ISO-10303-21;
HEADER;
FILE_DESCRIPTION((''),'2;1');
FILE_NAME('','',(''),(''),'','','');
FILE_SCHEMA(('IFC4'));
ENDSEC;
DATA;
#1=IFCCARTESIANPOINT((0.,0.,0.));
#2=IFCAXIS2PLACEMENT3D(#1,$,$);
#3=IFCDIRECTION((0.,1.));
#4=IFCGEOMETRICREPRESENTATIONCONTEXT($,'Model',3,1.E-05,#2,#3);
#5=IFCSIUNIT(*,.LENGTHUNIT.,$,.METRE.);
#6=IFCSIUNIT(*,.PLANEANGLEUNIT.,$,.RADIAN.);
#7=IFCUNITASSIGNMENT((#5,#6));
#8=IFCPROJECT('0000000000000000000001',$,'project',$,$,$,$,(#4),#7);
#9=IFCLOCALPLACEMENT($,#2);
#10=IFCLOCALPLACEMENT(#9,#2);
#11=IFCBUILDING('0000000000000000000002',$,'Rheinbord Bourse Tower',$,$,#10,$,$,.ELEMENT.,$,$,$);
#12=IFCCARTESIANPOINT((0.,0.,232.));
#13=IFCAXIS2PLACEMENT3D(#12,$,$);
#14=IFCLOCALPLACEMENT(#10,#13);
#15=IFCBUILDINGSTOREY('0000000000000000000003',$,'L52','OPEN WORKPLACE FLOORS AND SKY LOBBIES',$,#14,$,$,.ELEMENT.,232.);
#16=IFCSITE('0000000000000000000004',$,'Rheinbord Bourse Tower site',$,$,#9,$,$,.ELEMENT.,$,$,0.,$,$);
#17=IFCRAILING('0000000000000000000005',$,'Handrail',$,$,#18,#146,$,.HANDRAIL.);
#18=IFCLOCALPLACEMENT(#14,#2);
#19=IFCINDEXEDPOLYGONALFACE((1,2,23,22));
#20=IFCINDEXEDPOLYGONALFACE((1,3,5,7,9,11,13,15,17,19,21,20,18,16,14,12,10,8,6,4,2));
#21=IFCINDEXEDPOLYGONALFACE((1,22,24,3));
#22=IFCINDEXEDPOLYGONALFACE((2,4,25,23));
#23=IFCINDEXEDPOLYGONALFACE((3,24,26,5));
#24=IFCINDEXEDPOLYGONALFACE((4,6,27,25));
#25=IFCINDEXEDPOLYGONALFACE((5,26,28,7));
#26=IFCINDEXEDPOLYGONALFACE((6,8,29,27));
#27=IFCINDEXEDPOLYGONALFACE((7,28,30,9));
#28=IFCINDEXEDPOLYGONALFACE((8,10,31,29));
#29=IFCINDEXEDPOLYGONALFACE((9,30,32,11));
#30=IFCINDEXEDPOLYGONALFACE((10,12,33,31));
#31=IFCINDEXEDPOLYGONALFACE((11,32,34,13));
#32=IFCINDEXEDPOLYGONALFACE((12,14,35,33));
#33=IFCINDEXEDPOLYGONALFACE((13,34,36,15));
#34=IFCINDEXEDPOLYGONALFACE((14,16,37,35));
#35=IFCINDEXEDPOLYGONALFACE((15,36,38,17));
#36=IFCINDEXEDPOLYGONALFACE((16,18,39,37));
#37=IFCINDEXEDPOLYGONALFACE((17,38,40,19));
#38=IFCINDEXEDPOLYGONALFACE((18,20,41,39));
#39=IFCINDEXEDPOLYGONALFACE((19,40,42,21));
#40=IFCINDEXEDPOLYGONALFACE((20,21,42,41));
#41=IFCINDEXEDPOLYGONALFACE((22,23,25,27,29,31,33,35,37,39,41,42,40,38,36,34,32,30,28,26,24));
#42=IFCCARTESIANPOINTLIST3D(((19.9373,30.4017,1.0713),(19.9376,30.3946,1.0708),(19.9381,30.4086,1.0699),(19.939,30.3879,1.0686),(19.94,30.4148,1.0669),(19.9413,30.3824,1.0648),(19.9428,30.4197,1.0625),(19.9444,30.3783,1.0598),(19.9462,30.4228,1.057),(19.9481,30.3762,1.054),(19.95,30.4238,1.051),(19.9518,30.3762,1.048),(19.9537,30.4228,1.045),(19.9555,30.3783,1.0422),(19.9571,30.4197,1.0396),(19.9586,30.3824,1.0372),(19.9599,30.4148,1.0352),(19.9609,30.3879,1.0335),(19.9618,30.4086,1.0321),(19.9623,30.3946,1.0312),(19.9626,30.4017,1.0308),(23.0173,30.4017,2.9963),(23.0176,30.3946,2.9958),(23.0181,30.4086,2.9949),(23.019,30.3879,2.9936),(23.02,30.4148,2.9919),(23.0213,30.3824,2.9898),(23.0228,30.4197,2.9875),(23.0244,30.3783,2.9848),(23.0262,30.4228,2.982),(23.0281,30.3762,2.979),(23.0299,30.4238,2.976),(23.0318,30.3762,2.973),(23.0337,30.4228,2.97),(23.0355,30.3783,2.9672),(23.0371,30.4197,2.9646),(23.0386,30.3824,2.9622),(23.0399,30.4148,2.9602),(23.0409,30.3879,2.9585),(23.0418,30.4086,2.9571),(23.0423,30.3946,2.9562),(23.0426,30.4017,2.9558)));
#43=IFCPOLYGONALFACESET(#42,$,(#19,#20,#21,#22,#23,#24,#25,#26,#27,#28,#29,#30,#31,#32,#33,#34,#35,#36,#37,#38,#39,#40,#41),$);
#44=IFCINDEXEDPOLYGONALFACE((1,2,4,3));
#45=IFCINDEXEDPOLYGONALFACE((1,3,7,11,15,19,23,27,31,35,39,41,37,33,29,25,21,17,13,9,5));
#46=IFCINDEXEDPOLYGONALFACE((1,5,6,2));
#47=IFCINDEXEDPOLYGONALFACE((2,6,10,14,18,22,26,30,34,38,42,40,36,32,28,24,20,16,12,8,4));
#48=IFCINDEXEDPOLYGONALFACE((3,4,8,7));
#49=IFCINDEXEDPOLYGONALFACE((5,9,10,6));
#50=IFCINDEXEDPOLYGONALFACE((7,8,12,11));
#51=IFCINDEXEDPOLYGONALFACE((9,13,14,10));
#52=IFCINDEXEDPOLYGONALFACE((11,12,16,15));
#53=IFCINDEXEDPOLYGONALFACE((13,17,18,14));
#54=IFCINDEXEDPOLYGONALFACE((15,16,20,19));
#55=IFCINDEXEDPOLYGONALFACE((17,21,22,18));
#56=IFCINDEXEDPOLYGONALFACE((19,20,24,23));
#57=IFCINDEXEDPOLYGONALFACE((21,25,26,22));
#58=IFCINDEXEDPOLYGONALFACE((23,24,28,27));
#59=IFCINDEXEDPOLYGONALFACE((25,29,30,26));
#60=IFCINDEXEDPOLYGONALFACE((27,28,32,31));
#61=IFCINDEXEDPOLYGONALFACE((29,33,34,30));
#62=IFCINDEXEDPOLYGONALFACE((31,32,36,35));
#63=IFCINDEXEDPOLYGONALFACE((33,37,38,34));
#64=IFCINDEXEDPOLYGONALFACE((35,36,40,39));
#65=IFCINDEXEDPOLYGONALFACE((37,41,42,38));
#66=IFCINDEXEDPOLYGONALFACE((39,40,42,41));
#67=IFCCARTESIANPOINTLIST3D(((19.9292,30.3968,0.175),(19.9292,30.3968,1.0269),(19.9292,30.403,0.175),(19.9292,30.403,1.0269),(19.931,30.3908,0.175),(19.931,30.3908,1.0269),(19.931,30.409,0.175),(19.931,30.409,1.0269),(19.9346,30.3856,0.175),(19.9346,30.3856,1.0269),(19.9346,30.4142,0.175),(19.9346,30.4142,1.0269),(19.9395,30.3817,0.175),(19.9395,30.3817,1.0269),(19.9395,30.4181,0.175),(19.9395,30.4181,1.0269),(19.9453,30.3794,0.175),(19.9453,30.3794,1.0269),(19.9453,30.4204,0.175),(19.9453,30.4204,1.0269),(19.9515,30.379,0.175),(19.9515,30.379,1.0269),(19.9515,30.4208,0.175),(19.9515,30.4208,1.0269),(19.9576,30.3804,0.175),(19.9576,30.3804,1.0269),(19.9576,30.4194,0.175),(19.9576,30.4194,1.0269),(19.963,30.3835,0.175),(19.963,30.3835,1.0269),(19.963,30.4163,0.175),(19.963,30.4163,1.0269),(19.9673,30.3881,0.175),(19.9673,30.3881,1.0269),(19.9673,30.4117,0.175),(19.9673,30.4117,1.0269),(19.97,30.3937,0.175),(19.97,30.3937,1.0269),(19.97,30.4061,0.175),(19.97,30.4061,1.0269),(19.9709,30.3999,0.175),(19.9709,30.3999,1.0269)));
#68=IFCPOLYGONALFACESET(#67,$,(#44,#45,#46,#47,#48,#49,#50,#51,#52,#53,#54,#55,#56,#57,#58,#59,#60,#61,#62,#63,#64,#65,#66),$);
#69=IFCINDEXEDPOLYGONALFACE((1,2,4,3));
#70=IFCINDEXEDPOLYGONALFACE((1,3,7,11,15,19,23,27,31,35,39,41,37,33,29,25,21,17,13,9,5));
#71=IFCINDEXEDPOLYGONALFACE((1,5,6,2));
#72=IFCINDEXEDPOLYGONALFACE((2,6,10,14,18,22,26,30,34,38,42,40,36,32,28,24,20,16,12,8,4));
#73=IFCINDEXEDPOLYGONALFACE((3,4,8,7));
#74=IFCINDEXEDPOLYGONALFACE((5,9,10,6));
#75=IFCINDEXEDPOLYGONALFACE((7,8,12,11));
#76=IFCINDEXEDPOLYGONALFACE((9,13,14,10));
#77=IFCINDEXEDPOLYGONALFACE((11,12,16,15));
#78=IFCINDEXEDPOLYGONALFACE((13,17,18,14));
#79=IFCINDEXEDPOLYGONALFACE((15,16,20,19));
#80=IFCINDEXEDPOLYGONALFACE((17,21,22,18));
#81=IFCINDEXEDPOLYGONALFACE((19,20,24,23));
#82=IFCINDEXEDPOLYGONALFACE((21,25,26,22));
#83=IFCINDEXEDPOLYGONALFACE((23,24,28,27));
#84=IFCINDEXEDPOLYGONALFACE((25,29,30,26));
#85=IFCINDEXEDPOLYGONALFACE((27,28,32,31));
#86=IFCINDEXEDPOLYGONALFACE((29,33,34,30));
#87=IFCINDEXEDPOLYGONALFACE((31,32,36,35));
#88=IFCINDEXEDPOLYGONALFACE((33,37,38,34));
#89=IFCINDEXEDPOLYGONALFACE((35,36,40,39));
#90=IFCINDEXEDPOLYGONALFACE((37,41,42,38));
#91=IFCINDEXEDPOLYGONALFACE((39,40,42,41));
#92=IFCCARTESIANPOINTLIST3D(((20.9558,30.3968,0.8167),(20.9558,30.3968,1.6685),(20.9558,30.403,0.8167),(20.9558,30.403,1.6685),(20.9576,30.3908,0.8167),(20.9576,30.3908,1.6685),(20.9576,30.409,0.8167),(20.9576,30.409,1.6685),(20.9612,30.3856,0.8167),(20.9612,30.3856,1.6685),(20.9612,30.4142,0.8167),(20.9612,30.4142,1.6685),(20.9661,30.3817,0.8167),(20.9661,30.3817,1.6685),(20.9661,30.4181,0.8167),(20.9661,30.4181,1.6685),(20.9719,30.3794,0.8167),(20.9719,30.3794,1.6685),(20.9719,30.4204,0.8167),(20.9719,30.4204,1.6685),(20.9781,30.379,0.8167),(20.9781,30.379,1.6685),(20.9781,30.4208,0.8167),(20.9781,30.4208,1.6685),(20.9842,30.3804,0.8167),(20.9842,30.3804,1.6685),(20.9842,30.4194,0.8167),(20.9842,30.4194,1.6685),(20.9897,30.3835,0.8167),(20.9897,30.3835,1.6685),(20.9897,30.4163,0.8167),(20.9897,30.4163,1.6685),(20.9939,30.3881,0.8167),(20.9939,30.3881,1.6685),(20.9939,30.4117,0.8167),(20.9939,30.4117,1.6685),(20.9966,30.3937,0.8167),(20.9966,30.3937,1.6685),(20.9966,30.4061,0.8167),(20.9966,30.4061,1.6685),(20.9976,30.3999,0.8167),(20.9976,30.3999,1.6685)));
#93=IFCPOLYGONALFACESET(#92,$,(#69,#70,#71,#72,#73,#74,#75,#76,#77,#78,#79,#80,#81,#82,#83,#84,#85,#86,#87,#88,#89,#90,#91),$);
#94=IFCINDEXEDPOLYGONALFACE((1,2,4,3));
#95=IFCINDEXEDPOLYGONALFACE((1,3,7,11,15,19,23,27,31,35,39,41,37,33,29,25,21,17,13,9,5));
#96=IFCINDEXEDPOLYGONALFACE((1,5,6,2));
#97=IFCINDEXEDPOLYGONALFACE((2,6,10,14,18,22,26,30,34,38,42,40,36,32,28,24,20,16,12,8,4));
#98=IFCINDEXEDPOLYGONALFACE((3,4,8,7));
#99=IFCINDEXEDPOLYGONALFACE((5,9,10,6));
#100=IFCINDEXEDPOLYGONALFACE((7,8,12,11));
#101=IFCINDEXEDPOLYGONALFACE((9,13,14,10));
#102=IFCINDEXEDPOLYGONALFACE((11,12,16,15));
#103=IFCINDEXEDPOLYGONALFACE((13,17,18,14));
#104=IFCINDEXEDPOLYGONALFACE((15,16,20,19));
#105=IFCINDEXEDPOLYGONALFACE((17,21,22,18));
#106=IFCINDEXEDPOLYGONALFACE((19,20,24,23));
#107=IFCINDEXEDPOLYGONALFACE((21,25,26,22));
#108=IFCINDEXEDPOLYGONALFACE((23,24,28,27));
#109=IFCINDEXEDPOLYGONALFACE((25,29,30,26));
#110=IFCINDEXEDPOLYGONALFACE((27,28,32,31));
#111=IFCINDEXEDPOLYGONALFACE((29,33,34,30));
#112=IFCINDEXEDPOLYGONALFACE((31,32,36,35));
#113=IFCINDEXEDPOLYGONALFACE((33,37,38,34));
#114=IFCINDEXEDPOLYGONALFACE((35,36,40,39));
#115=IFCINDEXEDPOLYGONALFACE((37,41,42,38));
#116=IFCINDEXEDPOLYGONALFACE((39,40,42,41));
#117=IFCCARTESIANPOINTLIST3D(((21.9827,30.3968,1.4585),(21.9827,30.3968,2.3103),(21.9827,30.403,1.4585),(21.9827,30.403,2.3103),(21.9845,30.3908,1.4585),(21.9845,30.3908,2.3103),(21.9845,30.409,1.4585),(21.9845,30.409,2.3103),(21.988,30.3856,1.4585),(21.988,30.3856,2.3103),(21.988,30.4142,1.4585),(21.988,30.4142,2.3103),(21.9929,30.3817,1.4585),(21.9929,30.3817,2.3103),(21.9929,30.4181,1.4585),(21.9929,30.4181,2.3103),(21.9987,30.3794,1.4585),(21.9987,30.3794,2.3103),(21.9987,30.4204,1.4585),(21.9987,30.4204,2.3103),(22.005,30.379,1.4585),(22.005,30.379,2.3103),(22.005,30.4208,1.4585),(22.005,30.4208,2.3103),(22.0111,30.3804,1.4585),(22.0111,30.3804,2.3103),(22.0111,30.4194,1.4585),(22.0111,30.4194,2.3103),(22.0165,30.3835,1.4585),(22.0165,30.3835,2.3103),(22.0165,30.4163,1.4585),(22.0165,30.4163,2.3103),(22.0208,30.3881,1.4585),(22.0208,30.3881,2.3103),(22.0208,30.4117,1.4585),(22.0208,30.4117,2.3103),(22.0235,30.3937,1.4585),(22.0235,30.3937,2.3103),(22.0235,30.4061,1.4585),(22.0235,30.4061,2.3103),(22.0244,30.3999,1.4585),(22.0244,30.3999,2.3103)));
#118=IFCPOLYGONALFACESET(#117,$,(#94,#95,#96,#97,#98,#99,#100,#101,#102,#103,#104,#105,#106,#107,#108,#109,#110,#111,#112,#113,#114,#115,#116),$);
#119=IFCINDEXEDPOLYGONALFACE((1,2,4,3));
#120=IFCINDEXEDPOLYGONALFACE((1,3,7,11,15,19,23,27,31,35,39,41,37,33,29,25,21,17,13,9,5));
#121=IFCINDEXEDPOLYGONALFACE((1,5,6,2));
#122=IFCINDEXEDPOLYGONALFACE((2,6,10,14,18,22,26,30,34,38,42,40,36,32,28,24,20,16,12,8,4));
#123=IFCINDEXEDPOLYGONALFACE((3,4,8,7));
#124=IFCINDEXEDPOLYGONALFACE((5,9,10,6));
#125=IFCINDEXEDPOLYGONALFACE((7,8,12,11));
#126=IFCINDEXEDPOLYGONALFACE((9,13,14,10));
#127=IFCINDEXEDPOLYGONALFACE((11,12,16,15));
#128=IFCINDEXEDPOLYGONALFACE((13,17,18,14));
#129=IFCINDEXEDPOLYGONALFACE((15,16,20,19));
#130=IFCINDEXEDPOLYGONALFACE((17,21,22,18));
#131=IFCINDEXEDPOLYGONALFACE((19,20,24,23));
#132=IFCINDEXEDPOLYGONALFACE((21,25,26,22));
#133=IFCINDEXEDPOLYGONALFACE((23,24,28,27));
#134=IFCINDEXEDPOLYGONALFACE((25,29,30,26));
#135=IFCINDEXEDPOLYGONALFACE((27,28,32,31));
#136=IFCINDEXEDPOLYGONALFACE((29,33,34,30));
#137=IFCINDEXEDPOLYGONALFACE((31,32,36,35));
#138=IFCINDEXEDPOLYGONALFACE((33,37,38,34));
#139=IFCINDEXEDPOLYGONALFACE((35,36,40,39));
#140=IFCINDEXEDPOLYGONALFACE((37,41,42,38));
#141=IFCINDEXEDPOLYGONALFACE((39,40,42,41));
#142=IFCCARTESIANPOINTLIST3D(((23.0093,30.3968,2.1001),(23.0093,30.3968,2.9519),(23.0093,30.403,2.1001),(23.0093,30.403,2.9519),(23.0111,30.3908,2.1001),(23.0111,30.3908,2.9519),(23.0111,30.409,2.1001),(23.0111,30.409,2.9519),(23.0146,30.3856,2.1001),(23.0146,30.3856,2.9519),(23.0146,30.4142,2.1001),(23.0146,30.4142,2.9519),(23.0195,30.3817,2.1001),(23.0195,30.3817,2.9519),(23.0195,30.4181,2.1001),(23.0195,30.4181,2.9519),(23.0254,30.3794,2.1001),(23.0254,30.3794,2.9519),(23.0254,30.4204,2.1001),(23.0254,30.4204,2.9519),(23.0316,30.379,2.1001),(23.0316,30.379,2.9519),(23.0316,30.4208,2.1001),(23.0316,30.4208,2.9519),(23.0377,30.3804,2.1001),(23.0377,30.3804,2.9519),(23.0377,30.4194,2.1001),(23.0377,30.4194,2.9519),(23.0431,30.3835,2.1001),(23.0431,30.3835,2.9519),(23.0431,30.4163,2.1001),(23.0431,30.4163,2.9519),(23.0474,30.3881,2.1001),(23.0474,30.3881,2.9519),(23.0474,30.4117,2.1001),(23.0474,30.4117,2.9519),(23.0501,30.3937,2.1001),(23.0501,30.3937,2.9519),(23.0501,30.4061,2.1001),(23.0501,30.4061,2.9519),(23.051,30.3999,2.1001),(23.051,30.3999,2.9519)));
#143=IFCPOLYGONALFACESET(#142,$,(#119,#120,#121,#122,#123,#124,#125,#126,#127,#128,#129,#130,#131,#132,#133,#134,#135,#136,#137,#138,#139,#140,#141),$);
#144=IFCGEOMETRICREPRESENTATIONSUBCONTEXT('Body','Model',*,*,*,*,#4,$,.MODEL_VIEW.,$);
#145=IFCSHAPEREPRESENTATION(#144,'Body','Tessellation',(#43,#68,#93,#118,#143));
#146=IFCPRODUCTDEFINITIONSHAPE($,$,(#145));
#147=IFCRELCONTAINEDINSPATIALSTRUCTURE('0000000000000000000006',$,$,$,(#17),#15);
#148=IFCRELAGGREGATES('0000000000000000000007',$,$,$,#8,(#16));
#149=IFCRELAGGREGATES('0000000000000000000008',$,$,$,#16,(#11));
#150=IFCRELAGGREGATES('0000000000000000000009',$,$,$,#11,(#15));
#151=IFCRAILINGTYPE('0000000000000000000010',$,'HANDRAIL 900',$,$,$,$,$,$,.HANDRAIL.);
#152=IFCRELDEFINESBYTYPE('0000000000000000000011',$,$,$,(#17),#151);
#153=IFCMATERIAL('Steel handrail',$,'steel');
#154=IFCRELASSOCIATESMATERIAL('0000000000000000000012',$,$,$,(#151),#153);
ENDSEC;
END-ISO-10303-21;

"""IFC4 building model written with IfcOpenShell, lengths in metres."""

from ifc_helpers import new_model, si_unit, direction, frame, origin, origin_2d, place, context, subcontext, project, spatial, circle, extrude, material, type_object, element, save


model = new_model("IFC4")

# Units and contexts
model_context = context("Model", 3, precision=1e-05, world=origin(), true_north=direction((0.0, 1.0)))
body_context = subcontext(model_context, "Body", "Model", "MODEL_VIEW")
ifc_project = project(units=[si_unit("LENGTHUNIT", "METRE"), si_unit("PLANEANGLEUNIT", "RADIAN")], contexts=[model_context])

# Site, building, storey
site_placement = place(None, origin())
site = spatial("IfcSite", under=ifc_project, at=site_placement, Name="Rheinbord Bourse Tower site", CompositionType="ELEMENT", RefElevation=0.0)
building_placement = place(site_placement, origin())
building = spatial("IfcBuilding", under=site, at=building_placement, Name="Rheinbord Bourse Tower", CompositionType="ELEMENT")
storey_placement = place(building_placement, frame((0.0, 0.0, 232.0)))
storey = spatial("IfcBuildingStorey", under=building, at=storey_placement, Name="L52", Description="OPEN WORKPLACE FLOORS AND SKY LOBBIES", CompositionType="ELEMENT", Elevation=232.0)

# Railing
ifc_material_1 = material(Name="Steel handrail", Category="steel")
railing_type = type_object("IfcRailingType", Name="HANDRAIL 900", PredefinedType="HANDRAIL", material=ifc_material_1)
railing_1_placement = place(storey_placement, frame((19.95, 30.3999, 0.175)))
element("IfcRailing", 1, at=railing_1_placement, inside=storey, type_object=railing_type, Name="Handrail", PredefinedType="HANDRAIL", context=body_context, shape_type="SweptSolid", body=[
    extrude(circle(Radius=0.0239, at=origin_2d()), frame((0.0, 0.0, 0.876), z_axis=(0.847998, 0.0, 0.529999), x_axis=(0.0, 1.0, 0.0)), (0.0, 0.0, 1.0), 3.6321),
    extrude(circle(Radius=0.021, at=origin_2d()), origin(), (0.0, 0.0, 1.0), 0.8518),
    extrude(circle(Radius=0.021, at=origin_2d()), frame((1.0266, 0.0, 0.6416)), (0.0, 0.0, 1.0), 0.8518),
    extrude(circle(Radius=0.021, at=origin_2d()), frame((2.0535, 0.0, 1.2834)), (0.0, 0.0, 1.0), 0.8518),
    extrude(circle(Radius=0.021, at=origin_2d()), frame((3.0801, 0.0, 1.925)), (0.0, 0.0, 1.0), 0.8518),
])

save(model, "model.ifc")
